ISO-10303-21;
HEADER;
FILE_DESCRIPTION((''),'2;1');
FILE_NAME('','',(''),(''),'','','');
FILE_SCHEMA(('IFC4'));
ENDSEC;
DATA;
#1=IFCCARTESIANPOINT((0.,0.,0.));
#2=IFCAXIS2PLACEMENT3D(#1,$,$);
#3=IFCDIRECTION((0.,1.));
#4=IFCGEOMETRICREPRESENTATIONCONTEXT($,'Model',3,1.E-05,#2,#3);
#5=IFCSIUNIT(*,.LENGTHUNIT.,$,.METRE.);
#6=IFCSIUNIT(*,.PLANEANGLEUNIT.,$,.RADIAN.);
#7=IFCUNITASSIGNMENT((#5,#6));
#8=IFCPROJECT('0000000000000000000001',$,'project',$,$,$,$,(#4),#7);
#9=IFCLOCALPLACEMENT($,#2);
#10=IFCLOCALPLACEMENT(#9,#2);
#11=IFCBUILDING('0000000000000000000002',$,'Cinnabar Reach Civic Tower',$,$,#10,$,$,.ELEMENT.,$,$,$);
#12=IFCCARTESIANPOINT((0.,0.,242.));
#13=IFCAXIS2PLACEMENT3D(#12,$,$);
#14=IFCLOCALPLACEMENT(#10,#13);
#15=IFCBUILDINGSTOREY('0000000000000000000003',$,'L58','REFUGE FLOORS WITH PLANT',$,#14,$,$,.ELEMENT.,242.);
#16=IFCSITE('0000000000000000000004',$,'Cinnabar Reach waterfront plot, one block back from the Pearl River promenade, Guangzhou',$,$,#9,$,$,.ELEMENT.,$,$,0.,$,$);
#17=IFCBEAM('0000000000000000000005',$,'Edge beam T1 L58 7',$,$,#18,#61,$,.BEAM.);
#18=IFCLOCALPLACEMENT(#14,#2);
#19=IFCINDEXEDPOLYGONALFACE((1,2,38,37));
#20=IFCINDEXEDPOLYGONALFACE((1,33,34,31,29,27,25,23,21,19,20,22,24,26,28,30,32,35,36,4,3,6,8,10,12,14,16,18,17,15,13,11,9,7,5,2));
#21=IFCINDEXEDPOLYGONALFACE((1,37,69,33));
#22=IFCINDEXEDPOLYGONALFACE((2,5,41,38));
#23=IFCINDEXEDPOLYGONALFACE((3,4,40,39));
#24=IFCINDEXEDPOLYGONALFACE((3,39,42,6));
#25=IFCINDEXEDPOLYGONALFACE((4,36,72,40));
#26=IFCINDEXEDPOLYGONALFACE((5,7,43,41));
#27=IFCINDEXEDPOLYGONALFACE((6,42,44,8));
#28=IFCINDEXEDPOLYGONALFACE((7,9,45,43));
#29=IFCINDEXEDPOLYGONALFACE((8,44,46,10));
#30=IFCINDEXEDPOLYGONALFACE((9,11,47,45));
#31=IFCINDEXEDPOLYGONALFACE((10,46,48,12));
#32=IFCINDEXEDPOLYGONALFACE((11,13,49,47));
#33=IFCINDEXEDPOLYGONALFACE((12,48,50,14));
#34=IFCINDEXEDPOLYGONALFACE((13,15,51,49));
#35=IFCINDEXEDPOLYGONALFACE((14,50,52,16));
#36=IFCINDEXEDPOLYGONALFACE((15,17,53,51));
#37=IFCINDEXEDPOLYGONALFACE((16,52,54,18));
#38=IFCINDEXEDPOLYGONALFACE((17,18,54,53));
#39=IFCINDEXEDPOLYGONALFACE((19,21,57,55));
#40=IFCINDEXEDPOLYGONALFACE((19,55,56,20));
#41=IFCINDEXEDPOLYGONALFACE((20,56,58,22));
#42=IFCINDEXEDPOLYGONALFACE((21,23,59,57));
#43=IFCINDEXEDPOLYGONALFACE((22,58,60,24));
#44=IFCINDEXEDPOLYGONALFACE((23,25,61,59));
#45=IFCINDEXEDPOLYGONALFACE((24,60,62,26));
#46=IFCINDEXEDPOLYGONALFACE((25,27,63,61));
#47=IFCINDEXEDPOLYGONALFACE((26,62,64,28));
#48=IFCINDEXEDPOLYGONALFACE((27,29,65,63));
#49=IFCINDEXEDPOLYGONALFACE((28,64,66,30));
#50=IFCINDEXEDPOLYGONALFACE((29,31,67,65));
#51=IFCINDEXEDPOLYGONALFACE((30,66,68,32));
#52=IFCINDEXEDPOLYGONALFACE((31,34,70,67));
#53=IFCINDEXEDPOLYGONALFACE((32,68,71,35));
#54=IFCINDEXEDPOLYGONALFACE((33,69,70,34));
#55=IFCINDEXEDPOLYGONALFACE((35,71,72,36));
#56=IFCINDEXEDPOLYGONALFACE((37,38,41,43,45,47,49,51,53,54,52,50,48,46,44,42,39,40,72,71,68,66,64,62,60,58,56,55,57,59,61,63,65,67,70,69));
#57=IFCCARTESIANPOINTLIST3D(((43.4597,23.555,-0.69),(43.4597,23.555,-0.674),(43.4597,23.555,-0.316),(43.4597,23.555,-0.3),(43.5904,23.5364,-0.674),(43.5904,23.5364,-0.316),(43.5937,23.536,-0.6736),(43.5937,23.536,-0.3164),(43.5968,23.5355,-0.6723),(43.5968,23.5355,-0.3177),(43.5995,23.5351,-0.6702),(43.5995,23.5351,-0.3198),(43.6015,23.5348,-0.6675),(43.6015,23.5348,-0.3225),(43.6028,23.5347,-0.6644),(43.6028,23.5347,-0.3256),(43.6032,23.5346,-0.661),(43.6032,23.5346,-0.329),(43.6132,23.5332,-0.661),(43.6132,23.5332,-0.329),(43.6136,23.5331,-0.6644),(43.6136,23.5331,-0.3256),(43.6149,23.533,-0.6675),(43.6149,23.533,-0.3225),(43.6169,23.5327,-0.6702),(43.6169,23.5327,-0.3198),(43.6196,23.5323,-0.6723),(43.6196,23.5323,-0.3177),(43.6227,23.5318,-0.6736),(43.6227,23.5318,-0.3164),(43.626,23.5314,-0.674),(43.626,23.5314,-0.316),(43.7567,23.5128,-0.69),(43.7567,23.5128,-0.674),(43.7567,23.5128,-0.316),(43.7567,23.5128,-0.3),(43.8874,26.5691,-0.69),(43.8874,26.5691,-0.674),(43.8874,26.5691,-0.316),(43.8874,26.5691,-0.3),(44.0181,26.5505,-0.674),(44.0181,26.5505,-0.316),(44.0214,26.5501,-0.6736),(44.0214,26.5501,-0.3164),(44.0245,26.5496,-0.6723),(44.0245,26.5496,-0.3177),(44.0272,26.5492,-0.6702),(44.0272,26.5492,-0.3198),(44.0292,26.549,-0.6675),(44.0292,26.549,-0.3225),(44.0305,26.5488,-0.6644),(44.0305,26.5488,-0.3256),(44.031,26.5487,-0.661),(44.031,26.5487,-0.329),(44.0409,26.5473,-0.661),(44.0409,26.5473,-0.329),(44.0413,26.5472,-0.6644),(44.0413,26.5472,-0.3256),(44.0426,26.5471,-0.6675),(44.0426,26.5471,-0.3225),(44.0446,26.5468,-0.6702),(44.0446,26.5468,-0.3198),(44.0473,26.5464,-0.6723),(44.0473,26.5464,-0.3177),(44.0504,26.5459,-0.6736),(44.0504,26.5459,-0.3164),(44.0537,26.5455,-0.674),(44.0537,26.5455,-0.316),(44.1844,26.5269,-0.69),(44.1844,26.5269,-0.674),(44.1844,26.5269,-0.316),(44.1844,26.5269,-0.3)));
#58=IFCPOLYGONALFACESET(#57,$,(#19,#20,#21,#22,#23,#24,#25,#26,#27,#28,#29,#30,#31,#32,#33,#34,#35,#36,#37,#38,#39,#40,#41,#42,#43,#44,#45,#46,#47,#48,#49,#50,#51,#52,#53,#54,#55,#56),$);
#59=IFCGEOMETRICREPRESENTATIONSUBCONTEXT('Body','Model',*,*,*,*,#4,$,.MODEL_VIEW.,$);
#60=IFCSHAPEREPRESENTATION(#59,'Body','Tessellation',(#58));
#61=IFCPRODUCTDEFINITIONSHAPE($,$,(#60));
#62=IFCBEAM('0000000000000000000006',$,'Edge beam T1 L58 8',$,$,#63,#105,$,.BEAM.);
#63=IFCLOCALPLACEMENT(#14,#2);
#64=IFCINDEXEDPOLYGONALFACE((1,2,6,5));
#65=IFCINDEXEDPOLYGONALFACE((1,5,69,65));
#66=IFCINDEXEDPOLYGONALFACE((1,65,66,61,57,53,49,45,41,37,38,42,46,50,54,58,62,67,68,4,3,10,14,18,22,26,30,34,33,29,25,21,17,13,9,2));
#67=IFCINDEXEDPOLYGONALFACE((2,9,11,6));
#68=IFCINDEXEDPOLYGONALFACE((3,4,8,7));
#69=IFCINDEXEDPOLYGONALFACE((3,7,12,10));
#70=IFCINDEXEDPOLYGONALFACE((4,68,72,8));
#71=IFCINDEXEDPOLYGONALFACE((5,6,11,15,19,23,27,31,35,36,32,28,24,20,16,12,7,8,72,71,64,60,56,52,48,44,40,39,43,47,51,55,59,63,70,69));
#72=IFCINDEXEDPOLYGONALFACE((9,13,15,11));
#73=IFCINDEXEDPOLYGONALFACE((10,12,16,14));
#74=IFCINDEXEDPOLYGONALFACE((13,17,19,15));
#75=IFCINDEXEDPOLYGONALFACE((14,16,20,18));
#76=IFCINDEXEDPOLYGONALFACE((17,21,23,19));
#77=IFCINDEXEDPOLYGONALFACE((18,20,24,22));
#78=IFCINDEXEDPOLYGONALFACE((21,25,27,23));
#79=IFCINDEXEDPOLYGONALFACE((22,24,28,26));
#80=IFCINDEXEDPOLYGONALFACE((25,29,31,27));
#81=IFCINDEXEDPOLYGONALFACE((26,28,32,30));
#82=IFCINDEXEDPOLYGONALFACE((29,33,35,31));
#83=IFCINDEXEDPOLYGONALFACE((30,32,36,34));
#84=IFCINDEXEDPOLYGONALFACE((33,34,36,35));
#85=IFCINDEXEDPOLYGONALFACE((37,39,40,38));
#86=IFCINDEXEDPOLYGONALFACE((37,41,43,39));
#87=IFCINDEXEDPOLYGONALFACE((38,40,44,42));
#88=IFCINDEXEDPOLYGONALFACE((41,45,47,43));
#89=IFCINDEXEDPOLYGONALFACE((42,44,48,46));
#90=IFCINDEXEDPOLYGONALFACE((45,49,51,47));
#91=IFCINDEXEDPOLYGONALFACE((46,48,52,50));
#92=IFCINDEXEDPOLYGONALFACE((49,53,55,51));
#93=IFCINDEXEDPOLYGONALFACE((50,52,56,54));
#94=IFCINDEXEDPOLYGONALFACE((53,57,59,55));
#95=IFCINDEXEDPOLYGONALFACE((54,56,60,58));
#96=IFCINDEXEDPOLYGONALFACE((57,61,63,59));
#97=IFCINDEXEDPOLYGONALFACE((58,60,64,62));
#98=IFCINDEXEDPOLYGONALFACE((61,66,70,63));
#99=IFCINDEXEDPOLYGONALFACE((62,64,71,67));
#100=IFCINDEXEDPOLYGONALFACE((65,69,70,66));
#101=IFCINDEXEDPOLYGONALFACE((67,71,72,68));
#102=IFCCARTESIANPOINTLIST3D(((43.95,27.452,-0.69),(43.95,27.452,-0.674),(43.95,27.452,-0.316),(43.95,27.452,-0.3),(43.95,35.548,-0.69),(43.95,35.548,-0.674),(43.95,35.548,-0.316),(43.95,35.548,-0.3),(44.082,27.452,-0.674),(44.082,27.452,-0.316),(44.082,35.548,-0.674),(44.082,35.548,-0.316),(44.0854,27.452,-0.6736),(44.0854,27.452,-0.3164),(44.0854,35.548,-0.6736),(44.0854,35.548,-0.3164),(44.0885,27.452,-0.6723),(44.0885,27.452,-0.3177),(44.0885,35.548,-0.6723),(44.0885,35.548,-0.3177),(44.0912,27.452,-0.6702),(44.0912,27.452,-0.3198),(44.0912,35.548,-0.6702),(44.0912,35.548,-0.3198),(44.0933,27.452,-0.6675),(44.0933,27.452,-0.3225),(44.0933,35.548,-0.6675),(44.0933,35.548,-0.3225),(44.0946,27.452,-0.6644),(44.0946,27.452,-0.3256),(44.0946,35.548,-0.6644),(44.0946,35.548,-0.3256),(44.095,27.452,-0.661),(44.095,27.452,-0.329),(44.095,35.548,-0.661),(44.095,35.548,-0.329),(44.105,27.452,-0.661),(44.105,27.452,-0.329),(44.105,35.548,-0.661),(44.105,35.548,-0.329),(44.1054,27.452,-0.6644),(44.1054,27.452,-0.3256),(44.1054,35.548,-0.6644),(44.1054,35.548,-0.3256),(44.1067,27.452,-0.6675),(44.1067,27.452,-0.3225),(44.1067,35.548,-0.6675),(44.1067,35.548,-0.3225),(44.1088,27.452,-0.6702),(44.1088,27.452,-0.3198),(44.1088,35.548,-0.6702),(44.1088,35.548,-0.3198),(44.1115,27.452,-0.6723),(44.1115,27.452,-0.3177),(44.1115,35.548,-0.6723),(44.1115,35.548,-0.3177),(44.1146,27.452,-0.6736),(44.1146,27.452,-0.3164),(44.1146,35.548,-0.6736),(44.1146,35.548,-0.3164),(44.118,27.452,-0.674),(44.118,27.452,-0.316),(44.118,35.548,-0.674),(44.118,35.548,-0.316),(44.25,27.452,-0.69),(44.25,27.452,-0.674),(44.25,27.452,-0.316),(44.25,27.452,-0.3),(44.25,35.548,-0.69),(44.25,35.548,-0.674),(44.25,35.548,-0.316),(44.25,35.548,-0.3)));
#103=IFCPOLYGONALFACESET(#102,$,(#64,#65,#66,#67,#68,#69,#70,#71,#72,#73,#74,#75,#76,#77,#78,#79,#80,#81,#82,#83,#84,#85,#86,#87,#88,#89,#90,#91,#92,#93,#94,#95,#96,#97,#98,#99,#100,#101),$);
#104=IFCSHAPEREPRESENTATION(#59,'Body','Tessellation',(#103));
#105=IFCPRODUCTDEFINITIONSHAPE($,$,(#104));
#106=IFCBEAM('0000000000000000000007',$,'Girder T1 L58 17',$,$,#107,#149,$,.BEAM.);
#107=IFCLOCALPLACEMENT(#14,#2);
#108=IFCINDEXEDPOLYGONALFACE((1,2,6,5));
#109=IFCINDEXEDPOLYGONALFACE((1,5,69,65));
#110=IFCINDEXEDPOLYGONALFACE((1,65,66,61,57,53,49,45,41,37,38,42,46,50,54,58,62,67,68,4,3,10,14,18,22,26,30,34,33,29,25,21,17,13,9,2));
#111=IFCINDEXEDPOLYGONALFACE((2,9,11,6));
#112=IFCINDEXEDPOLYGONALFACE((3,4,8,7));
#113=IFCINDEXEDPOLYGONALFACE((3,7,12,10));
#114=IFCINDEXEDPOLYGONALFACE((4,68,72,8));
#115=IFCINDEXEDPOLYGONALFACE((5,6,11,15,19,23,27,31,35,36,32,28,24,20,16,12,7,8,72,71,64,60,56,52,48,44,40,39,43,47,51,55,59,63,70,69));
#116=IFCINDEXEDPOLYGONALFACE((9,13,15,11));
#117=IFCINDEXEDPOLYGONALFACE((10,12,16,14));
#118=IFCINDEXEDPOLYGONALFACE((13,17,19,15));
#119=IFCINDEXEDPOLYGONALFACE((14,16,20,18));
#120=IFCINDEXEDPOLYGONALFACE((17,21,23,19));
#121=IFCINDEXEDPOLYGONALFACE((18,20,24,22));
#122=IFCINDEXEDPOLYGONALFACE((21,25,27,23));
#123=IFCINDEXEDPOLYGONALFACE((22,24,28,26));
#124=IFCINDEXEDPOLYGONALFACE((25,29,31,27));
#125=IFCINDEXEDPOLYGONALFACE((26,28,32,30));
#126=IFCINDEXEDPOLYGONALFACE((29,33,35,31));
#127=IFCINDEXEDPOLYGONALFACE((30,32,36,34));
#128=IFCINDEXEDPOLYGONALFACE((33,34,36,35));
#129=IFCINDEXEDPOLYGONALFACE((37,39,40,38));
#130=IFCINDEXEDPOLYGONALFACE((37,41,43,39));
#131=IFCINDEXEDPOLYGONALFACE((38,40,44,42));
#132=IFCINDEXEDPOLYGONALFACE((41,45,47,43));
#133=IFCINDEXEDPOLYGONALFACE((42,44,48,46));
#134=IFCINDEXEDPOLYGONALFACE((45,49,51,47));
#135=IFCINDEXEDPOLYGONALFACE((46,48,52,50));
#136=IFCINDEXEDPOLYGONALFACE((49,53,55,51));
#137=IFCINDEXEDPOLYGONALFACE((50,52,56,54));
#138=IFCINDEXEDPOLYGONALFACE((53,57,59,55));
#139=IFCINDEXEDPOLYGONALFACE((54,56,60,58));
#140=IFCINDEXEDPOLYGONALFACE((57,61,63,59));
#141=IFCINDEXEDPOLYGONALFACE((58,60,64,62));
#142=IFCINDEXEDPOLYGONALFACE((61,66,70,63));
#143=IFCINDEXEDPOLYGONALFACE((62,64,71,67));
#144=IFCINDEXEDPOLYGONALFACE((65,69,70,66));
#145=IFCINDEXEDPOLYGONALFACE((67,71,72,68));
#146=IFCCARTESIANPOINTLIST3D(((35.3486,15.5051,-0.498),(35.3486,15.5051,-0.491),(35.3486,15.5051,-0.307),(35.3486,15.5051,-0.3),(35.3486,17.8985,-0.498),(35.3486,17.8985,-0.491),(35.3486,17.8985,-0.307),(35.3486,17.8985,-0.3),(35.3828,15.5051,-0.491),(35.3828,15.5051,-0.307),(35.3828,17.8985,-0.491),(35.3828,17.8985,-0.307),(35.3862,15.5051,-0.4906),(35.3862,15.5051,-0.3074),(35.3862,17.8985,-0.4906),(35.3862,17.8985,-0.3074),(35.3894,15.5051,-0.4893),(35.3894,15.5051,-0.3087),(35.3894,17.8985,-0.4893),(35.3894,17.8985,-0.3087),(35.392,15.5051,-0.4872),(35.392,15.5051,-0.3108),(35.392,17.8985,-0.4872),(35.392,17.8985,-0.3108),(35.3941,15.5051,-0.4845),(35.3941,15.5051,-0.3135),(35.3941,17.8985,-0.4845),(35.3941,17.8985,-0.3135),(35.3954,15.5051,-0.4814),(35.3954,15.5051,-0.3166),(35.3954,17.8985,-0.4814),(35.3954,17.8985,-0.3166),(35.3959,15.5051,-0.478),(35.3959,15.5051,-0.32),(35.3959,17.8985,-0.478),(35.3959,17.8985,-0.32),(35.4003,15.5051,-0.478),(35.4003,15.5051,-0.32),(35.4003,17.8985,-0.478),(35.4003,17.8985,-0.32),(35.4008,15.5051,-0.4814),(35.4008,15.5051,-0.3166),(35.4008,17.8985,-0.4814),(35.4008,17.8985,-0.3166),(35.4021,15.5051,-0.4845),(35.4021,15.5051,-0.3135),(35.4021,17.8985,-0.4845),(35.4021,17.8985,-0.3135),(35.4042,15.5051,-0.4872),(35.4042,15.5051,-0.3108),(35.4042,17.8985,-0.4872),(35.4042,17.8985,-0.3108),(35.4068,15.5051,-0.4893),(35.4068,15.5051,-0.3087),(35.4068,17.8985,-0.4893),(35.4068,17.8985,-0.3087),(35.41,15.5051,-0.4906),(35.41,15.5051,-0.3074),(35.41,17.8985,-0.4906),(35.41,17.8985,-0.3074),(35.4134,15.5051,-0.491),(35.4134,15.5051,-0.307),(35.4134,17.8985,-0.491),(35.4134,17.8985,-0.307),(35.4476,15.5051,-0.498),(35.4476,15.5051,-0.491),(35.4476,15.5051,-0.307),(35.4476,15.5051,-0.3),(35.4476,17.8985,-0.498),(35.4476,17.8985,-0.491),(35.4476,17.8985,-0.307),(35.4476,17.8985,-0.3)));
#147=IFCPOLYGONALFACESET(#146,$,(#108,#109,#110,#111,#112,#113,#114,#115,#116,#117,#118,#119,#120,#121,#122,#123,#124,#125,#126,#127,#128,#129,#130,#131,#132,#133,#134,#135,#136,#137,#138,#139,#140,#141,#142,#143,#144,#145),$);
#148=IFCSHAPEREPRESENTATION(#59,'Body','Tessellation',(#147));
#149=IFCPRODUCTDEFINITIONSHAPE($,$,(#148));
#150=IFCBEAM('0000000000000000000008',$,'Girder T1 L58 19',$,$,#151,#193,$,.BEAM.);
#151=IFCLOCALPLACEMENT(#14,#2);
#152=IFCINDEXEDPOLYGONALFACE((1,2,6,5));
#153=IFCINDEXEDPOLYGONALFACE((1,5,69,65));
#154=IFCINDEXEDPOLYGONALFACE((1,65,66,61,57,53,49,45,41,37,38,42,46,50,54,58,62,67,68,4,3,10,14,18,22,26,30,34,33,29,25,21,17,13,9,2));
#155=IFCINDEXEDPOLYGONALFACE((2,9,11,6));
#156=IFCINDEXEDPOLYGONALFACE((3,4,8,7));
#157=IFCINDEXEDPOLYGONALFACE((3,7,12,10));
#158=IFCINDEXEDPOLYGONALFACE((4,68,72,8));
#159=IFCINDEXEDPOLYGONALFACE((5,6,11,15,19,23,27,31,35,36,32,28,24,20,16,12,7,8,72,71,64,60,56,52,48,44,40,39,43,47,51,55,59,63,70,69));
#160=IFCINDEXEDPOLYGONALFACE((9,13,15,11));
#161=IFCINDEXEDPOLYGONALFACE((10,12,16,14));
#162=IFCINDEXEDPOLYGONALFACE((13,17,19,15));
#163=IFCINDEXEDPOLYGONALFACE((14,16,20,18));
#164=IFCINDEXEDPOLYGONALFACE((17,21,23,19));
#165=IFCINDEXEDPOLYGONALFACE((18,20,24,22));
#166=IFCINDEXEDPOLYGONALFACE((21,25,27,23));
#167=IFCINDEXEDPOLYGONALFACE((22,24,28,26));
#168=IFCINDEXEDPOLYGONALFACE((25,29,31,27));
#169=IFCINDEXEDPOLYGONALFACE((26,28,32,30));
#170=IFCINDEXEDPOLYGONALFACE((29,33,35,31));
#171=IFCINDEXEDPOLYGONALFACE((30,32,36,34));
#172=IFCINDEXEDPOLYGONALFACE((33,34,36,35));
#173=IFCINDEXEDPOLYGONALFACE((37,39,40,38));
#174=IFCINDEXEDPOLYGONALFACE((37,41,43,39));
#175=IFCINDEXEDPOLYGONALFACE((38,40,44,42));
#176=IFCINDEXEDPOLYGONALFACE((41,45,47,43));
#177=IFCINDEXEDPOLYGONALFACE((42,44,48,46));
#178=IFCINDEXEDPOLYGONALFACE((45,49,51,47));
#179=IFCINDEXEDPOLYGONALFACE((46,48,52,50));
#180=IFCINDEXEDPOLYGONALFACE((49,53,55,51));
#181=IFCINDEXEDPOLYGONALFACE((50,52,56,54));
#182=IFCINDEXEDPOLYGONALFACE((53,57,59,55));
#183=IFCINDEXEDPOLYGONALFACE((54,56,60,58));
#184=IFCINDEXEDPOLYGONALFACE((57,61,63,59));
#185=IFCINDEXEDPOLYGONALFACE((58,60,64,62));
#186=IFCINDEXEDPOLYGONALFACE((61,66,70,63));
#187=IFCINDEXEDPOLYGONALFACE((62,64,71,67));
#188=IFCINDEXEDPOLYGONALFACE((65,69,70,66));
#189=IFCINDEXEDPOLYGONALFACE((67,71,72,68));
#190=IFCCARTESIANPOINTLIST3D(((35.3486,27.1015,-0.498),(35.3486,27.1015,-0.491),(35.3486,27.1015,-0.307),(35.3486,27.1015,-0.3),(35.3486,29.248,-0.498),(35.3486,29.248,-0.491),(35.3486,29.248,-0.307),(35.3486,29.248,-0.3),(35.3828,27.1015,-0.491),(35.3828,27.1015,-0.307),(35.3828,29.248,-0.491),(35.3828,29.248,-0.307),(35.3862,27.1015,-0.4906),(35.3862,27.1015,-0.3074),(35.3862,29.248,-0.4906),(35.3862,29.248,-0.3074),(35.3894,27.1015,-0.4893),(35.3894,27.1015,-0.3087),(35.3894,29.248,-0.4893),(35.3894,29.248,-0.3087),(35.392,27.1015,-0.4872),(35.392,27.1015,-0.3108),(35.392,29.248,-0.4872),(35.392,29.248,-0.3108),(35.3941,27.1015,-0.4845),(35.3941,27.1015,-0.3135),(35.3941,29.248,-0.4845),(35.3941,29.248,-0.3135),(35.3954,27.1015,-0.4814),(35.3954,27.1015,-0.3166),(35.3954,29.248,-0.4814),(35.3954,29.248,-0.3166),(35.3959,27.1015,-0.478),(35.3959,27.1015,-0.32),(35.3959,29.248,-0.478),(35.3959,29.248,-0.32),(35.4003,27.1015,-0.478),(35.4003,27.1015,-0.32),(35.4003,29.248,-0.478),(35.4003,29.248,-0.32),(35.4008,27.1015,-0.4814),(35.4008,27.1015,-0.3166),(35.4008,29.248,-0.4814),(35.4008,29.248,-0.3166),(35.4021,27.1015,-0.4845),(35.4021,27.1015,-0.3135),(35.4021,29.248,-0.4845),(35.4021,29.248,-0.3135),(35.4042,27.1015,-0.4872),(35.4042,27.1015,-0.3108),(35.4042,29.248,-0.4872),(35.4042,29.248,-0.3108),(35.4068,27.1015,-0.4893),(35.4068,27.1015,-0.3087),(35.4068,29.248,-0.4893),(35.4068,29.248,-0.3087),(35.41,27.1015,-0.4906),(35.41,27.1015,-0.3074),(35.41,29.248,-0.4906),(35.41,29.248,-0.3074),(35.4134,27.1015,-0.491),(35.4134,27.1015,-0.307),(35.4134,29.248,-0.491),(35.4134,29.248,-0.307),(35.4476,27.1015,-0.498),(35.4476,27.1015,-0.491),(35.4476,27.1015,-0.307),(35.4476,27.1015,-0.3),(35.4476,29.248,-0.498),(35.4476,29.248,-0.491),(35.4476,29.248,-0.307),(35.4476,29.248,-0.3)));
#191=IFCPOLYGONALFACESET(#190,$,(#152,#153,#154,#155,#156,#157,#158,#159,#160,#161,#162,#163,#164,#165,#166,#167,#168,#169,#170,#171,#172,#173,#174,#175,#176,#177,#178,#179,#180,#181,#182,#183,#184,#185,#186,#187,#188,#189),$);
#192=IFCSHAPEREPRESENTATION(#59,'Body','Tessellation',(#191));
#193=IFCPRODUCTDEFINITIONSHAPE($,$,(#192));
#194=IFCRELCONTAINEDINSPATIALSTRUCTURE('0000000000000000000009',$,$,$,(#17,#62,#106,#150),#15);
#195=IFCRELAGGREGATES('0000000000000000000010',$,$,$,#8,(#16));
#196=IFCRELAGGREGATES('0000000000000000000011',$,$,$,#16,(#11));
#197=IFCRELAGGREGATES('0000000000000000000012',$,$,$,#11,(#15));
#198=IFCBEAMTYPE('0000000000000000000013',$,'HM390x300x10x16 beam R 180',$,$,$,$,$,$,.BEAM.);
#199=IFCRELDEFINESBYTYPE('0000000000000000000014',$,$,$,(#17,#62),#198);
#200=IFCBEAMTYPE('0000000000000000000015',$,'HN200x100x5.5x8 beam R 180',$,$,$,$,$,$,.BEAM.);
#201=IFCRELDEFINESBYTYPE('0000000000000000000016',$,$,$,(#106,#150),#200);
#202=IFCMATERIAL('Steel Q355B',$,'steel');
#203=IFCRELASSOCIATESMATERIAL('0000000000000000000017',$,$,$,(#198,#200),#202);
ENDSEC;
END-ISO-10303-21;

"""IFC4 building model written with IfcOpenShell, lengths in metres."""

from ifc_helpers import new_model, si_unit, direction, frame, origin, origin_2d, place, context, subcontext, project, spatial, i_section, extrude, material, material_profile, profile_set, type_object, element, save


model = new_model("IFC4")

# Units and contexts
model_context = context("Model", 3, precision=1e-05, world=origin(), true_north=direction((0.0, 1.0)))
body_context = subcontext(model_context, "Body", "Model", "MODEL_VIEW")
ifc_project = project(units=[si_unit("LENGTHUNIT", "METRE"), si_unit("PLANEANGLEUNIT", "RADIAN")], contexts=[model_context])

# Site, building, storey
site_placement = place(None, origin())
site = spatial("IfcSite", under=ifc_project, at=site_placement, Name="Cinnabar Reach waterfront plot, one block back from the Pearl River promenade, Guangzhou", CompositionType="ELEMENT", RefElevation=0.0)
building_placement = place(site_placement, origin())
building = spatial("IfcBuilding", under=site, at=building_placement, Name="Cinnabar Reach Civic Tower", CompositionType="ELEMENT")
storey_placement = place(building_placement, frame((0.0, 0.0, 242.0)))
storey = spatial("IfcBuildingStorey", under=building, at=storey_placement, Name="L58", Description="REFUGE FLOORS WITH PLANT", CompositionType="ELEMENT", Elevation=242.0)

# Beams
ifc_material_1 = material(Name="Steel Q355B", Category="steel")
ifc_material_profile_1 = material_profile(ifc_material_1, i_section(OverallWidth=0.3, OverallDepth=0.39, WebThickness=0.01, FlangeThickness=0.016, FilletRadius=0.013, at=origin_2d()), Name="HM390x300x10x16")
ifc_profile_set_1 = profile_set([ifc_material_profile_1], Name="Steel Q355B")
beam_type_1 = type_object("IfcBeamType", Name="HM390x300x10x16 beam R 180", PredefinedType="BEAM", material=ifc_profile_set_1)
beam_1_placement = place(storey_placement, frame((43.6082, 23.5339, -0.495), z_axis=(0.140492, 0.990082, 0.0), x_axis=(-0.990082, 0.140492, 0.0)))
element("IfcBeam", 1, at=beam_1_placement, inside=storey, type_object=beam_type_1, Name="Edge beam T1 L58 7", PredefinedType="BEAM", context=body_context, shape_type="SweptSolid", body=[
    extrude(i_section(OverallWidth=0.3, OverallDepth=0.39, WebThickness=0.01, FlangeThickness=0.016, FilletRadius=0.013, at=origin_2d()), origin(), (0.0, 0.0, 1.0), 3.0443),
])
beam_2_placement = place(storey_placement, frame((44.1, 27.452, -0.495), z_axis=(0.0, 1.0, 0.0), x_axis=(-1.0, 0.0, 0.0)))
element("IfcBeam", 2, at=beam_2_placement, inside=storey, type_object=beam_type_1, Name="Edge beam T1 L58 8", PredefinedType="BEAM", context=body_context, shape_type="SweptSolid", body=[
    extrude(i_section(OverallWidth=0.3, OverallDepth=0.39, WebThickness=0.01, FlangeThickness=0.016, FilletRadius=0.013, at=origin_2d()), origin(), (0.0, 0.0, 1.0), 8.096),
])
ifc_material_profile_2 = material_profile(ifc_material_1, i_section(OverallWidth=0.099, OverallDepth=0.198, WebThickness=0.0045, FlangeThickness=0.007, FilletRadius=0.013, at=origin_2d()), Name="HN200x100x5.5x8")
ifc_profile_set_2 = profile_set([ifc_material_profile_2], Name="Steel Q355B")
beam_type_2 = type_object("IfcBeamType", Name="HN200x100x5.5x8 beam R 180", PredefinedType="BEAM", material=ifc_profile_set_2)
beam_3_placement = place(storey_placement, frame((35.3981, 15.5051, -0.399), z_axis=(0.0, 1.0, 0.0), x_axis=(-1.0, 0.0, 0.0)))
element("IfcBeam", 3, at=beam_3_placement, inside=storey, type_object=beam_type_2, Name="Girder T1 L58 17", PredefinedType="BEAM", context=body_context, shape_type="SweptSolid", body=[
    extrude(i_section(OverallWidth=0.099, OverallDepth=0.198, WebThickness=0.0045, FlangeThickness=0.007, FilletRadius=0.013, at=origin_2d()), origin(), (0.0, 0.0, 1.0), 2.3934),
])
beam_4_placement = place(storey_placement, frame((35.3981, 27.1015, -0.399), z_axis=(0.0, 1.0, 0.0), x_axis=(-1.0, 0.0, 0.0)))
element("IfcBeam", 4, at=beam_4_placement, inside=storey, type_object=beam_type_2, Name="Girder T1 L58 19", PredefinedType="BEAM", context=body_context, shape_type="SweptSolid", body=[
    extrude(i_section(OverallWidth=0.099, OverallDepth=0.198, WebThickness=0.0045, FlangeThickness=0.007, FilletRadius=0.013, at=origin_2d()), origin(), (0.0, 0.0, 1.0), 2.1465),
])

save(model, "model.ifc")
